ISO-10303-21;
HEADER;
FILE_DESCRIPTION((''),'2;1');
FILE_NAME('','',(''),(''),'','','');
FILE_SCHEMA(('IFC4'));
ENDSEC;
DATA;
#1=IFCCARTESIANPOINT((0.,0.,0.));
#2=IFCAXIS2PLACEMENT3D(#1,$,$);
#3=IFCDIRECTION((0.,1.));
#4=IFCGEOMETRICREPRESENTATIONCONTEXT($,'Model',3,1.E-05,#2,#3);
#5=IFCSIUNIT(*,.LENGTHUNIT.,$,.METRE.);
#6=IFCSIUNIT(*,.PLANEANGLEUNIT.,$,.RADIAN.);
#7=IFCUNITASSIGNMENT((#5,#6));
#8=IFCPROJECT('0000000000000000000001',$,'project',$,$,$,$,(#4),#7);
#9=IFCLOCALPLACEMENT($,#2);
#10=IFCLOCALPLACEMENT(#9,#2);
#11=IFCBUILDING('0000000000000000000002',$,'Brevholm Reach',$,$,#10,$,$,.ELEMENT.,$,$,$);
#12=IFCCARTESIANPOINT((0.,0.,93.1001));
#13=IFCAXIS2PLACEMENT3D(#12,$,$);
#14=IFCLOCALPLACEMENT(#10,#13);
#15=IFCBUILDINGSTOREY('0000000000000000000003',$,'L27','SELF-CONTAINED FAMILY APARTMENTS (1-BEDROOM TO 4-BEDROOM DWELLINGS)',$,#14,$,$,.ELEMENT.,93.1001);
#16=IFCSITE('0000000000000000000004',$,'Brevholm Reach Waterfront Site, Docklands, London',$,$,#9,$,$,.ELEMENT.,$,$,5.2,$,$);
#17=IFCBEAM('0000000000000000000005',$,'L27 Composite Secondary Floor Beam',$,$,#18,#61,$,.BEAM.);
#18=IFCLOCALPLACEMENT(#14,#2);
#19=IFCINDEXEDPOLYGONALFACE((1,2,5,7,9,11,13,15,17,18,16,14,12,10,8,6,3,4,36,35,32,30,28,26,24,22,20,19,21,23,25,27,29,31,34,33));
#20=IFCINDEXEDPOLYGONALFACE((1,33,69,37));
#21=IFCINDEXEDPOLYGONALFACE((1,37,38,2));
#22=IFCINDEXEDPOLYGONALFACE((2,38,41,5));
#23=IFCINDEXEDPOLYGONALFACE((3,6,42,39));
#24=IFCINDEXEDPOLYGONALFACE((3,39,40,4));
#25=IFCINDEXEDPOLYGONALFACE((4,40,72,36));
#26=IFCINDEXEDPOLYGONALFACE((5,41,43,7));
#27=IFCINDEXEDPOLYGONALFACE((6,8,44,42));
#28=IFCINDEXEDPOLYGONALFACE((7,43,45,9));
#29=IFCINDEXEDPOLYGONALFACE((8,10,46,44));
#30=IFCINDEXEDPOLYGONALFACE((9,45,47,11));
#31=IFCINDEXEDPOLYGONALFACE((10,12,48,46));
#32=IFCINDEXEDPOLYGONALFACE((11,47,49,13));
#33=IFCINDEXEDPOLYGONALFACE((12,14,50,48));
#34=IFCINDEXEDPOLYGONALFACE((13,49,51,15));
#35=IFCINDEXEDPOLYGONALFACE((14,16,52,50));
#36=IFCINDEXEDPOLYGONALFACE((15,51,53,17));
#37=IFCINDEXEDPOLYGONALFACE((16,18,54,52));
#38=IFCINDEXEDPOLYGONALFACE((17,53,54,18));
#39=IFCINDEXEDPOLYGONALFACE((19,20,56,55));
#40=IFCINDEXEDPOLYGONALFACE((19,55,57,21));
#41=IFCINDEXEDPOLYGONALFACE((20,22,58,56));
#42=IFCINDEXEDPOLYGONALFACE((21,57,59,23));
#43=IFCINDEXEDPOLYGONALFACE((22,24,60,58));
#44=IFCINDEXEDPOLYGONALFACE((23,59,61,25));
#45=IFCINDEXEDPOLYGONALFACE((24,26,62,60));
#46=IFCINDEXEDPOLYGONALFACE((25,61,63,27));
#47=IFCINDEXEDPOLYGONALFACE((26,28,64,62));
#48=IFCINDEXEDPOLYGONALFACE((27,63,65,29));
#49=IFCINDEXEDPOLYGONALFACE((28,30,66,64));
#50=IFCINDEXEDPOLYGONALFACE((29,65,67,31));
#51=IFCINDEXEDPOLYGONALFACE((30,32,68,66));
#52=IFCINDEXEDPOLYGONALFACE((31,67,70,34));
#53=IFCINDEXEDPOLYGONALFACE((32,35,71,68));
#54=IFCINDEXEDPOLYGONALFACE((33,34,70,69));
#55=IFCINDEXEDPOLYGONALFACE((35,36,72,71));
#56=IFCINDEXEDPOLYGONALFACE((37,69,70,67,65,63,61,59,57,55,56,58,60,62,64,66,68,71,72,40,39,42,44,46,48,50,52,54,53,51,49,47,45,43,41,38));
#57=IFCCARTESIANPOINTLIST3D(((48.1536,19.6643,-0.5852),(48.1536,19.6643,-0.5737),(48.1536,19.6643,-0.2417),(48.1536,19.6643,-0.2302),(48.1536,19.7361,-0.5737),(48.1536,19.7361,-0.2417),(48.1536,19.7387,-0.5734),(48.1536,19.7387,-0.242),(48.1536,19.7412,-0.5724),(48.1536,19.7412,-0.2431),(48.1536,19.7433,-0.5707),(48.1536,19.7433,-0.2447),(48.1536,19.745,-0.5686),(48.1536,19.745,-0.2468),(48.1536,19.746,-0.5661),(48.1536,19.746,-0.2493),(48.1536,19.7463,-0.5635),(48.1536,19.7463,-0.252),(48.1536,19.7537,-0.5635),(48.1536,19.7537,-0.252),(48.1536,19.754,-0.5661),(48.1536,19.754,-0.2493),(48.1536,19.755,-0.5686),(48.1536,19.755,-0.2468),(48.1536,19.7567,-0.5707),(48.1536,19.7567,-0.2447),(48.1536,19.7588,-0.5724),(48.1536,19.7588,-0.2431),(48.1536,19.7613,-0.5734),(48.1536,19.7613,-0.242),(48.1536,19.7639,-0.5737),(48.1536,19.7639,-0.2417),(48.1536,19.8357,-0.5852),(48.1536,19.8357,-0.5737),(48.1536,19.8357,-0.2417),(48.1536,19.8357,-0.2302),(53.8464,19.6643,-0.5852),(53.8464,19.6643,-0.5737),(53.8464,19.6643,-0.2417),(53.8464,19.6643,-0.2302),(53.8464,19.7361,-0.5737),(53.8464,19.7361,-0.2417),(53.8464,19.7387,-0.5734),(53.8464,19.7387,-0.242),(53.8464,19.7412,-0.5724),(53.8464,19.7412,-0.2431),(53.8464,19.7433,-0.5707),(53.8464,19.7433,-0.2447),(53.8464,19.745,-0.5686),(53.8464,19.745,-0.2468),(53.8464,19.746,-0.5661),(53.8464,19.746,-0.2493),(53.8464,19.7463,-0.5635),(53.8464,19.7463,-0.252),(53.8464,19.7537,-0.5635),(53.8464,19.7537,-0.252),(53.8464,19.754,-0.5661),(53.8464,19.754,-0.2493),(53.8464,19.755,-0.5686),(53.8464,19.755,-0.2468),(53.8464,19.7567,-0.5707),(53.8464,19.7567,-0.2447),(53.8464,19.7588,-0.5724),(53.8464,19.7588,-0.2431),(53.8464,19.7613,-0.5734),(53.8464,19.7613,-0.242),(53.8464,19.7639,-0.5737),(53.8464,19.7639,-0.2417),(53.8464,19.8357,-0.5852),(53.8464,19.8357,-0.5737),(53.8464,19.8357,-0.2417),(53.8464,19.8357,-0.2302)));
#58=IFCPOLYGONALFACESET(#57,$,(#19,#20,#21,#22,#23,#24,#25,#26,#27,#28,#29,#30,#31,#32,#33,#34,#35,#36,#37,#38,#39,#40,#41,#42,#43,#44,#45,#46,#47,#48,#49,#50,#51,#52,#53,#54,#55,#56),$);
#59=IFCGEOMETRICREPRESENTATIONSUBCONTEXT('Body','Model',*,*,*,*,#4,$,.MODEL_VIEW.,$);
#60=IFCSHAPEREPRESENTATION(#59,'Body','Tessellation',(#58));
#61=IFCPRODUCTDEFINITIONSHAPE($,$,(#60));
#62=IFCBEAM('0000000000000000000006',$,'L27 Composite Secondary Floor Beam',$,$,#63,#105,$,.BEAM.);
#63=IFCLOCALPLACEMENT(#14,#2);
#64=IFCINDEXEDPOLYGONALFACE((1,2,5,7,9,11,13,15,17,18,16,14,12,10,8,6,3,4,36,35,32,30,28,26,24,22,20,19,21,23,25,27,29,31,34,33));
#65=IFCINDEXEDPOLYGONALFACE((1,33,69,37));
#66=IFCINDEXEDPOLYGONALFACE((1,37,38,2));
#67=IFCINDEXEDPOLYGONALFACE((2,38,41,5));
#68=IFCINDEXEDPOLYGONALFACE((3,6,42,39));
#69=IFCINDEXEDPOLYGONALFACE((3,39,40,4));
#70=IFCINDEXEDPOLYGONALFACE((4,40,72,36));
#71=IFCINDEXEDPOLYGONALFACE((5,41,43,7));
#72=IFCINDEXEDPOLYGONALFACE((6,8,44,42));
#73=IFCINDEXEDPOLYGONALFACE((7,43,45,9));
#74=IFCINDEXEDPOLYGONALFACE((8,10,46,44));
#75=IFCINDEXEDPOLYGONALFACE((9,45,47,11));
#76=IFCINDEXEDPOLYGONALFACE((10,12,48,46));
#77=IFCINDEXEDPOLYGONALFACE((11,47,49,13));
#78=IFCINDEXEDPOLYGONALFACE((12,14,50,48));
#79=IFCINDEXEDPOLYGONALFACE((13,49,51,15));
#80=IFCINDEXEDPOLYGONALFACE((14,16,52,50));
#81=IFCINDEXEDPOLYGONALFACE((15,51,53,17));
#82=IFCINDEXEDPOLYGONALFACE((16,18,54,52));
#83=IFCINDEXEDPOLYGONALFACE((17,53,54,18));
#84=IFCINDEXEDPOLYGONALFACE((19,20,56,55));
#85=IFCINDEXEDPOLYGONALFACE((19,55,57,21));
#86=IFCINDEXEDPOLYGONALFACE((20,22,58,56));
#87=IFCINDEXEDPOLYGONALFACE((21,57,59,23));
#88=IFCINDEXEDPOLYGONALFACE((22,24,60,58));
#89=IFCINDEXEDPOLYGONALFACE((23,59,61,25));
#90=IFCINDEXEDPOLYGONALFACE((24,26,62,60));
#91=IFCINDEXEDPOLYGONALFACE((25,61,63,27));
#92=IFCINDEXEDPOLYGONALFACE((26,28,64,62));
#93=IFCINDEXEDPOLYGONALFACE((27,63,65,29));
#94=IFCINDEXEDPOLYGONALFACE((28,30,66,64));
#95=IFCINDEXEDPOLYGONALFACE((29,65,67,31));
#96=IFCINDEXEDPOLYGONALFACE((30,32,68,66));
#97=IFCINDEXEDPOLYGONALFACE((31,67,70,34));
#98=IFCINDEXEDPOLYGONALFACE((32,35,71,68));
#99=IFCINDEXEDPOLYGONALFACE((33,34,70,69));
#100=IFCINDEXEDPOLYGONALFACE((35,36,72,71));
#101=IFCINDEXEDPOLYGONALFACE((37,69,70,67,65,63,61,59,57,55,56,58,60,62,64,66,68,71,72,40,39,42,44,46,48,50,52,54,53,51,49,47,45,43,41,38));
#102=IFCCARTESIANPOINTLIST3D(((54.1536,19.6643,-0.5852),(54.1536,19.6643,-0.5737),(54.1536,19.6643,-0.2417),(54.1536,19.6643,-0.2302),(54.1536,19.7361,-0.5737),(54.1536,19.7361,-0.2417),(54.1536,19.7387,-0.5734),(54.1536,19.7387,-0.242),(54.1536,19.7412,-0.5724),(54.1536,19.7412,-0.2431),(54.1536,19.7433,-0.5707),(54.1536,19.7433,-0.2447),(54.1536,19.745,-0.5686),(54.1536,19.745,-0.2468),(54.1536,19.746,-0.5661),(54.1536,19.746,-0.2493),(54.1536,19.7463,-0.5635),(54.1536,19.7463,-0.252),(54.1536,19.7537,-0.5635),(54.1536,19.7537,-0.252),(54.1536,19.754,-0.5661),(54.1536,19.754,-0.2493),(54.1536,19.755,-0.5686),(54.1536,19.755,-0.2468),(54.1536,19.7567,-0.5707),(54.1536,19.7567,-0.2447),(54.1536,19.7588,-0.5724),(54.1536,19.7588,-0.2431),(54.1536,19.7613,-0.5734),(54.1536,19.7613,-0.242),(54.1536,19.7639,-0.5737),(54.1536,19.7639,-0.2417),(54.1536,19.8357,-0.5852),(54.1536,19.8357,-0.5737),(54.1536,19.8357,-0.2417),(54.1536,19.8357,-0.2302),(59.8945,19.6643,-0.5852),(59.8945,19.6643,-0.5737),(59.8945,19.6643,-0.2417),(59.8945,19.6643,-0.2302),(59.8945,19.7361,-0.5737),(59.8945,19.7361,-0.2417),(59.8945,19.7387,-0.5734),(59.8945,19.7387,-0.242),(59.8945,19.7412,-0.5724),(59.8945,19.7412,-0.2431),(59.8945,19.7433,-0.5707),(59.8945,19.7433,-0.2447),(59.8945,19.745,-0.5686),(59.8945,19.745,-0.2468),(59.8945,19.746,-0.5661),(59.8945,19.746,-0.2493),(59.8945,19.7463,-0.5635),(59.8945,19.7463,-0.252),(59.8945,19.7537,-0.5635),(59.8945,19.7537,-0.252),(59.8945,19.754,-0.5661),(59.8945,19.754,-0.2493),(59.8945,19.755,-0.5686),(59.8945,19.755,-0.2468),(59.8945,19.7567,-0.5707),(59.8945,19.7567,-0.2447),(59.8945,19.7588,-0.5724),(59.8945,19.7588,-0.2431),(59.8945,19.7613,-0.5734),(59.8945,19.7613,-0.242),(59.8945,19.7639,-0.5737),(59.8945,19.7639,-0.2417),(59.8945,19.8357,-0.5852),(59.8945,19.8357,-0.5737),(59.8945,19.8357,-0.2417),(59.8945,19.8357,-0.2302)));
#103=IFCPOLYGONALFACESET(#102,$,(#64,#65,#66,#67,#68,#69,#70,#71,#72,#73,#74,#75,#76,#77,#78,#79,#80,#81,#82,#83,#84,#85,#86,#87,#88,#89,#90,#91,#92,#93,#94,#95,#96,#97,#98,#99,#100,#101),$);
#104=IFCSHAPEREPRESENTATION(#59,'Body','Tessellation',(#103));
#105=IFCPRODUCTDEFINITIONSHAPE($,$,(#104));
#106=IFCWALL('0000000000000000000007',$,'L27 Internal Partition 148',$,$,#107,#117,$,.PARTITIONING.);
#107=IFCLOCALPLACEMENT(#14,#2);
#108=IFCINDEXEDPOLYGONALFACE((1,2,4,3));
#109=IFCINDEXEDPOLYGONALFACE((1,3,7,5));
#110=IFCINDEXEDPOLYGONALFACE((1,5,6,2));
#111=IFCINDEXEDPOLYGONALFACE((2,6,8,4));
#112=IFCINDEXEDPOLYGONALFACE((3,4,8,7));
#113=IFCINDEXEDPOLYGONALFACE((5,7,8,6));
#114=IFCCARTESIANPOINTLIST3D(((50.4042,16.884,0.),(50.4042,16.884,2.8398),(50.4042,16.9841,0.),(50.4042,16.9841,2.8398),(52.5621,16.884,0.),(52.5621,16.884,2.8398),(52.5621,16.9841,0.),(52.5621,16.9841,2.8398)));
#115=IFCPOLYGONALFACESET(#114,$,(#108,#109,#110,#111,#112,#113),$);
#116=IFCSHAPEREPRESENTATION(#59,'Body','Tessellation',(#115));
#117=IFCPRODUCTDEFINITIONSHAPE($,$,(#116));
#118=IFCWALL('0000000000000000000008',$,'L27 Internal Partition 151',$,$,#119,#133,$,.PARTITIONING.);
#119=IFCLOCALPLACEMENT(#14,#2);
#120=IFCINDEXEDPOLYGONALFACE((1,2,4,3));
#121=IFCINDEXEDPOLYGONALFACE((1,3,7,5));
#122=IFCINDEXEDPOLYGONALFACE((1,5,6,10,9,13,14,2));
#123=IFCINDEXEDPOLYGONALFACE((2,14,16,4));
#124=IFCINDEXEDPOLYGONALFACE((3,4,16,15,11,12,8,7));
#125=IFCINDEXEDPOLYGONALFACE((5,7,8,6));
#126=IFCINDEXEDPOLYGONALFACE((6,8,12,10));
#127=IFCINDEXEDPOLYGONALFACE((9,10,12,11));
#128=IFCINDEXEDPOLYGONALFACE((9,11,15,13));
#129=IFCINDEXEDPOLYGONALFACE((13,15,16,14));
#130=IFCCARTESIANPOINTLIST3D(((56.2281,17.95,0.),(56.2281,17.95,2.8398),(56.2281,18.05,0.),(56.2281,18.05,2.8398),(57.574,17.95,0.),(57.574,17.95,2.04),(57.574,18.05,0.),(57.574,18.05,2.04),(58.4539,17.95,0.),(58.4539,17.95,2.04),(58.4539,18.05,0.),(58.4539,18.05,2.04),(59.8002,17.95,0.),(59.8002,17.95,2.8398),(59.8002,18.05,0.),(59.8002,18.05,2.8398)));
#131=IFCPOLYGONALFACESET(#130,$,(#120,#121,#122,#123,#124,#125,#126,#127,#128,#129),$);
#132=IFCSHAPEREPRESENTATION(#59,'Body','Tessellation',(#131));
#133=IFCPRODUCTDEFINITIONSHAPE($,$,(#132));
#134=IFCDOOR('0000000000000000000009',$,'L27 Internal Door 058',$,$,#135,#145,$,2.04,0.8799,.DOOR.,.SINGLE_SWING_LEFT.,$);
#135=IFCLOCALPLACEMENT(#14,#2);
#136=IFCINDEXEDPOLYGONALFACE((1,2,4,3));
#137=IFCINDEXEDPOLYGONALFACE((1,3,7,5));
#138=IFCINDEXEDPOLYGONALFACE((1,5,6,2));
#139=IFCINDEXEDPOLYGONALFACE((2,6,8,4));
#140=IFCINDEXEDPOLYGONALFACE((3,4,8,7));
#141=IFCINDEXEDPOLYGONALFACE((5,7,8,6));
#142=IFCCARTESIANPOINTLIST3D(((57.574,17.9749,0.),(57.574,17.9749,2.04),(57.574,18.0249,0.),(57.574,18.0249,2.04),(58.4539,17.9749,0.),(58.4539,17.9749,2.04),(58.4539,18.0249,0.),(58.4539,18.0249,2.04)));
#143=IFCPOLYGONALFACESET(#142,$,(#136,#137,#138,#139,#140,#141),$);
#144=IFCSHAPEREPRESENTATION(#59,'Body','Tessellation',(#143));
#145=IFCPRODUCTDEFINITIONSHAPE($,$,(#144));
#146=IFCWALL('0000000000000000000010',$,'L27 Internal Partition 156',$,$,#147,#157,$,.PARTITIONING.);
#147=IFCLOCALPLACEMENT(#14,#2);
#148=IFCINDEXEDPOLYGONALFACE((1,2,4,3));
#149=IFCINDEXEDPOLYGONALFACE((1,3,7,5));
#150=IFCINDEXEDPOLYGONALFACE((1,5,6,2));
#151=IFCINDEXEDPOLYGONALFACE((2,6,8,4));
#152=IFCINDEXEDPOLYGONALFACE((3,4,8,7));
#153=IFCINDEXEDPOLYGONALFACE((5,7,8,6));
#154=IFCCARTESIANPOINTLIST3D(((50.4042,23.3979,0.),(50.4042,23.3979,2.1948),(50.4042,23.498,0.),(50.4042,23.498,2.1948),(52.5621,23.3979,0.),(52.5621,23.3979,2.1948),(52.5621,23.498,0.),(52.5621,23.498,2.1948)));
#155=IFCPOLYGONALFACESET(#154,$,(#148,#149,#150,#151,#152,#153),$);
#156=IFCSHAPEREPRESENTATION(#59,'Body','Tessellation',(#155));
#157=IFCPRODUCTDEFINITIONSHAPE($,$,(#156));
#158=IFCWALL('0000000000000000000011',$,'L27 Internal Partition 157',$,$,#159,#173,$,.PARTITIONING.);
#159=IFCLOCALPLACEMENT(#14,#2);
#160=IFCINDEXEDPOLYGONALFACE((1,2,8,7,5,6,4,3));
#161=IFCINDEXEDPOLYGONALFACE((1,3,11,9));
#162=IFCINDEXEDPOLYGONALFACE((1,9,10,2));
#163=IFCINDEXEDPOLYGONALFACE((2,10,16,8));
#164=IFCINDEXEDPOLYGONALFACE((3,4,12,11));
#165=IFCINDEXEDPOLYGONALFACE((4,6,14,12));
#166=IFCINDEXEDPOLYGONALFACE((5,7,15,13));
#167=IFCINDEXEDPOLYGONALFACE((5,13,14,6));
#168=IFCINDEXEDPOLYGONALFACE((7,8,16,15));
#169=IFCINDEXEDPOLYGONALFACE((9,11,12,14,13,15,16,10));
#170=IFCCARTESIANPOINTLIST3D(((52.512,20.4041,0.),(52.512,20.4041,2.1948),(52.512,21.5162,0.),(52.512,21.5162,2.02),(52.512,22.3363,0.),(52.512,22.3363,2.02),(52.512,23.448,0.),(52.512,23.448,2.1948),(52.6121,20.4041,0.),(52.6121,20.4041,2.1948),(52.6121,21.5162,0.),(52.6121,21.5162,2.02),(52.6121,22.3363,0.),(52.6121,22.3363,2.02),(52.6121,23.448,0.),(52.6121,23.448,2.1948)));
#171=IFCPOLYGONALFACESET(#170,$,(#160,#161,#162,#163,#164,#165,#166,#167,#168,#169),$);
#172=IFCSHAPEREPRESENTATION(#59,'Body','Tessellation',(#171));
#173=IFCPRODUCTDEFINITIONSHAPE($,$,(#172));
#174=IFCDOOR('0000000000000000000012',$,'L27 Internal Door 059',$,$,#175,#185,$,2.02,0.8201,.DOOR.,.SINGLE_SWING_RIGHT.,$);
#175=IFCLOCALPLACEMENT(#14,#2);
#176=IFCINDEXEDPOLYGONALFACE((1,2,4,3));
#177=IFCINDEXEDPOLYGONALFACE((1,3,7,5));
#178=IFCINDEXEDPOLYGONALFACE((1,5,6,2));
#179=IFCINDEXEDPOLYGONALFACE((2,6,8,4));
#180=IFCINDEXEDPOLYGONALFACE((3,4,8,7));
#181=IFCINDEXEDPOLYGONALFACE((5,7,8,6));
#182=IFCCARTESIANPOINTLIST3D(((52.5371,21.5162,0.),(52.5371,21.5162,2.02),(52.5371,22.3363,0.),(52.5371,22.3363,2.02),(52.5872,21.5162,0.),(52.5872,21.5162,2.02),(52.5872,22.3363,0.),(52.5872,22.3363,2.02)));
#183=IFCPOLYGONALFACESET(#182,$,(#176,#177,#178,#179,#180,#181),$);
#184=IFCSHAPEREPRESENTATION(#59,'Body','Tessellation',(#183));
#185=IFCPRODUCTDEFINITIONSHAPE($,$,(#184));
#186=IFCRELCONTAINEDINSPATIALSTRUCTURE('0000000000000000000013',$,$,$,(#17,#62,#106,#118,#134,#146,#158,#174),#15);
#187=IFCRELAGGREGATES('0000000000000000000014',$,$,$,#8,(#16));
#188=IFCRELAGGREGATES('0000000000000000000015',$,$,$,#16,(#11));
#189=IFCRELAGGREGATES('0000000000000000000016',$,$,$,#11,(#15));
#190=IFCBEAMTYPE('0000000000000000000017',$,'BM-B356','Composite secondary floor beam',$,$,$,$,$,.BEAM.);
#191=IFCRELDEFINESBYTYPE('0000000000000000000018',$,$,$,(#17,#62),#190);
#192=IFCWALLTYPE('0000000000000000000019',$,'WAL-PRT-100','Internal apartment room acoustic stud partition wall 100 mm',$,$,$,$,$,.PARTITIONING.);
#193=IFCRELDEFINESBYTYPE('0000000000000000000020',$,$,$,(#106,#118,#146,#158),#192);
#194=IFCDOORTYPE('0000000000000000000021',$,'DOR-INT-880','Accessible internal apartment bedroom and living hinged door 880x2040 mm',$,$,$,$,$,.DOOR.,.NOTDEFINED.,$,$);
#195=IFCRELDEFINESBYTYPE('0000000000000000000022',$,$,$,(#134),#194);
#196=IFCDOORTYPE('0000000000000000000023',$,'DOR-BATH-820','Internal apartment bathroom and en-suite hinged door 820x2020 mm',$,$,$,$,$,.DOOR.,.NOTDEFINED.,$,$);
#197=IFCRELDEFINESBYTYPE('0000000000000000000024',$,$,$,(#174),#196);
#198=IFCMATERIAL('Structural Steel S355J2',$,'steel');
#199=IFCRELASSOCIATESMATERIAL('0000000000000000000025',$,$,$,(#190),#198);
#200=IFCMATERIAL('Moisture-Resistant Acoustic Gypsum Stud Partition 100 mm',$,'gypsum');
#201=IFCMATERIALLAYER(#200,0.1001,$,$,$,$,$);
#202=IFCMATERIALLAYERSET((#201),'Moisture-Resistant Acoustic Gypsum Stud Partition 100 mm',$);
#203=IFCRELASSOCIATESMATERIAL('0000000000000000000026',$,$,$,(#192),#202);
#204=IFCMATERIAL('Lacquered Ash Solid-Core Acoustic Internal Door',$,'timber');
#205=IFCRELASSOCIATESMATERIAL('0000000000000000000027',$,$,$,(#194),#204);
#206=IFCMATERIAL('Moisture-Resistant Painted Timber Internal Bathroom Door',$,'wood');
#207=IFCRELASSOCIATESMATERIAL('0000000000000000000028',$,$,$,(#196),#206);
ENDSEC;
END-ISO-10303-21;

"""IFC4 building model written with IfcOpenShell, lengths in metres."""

from ifc_helpers import new_model, si_unit, direction, frame, frame_2d, origin, origin_2d, place, context, subcontext, project, spatial, rectangle, i_section, extrude, material, layer, layer_set, material_profile, profile_set, type_object, element, fill, save


model = new_model("IFC4")

# Units and contexts
model_context = context("Model", 3, precision=1e-05, world=origin(), true_north=direction((0.0, 1.0)))
body_context = subcontext(model_context, "Body", "Model", "MODEL_VIEW")
ifc_project = project(units=[si_unit("LENGTHUNIT", "METRE"), si_unit("PLANEANGLEUNIT", "RADIAN")], contexts=[model_context])

# Site, building, storey
site_placement = place(None, origin())
site = spatial("IfcSite", under=ifc_project, at=site_placement, Name="Brevholm Reach Waterfront Site, Docklands, London", CompositionType="ELEMENT", RefElevation=5.2)
building_placement = place(site_placement, origin())
building = spatial("IfcBuilding", under=site, at=building_placement, Name="Brevholm Reach", CompositionType="ELEMENT")
storey_placement = place(building_placement, frame((0.0, 0.0, 93.1001)))
storey = spatial("IfcBuildingStorey", under=building, at=storey_placement, Name="L27", Description="SELF-CONTAINED FAMILY APARTMENTS (1-BEDROOM TO 4-BEDROOM DWELLINGS)", CompositionType="ELEMENT", Elevation=93.1001)

# Beams
ifc_material_1 = material(Name="Structural Steel S355J2", Category="steel")
ifc_material_profile = material_profile(ifc_material_1, i_section(OverallWidth=0.1714, OverallDepth=0.355, WebThickness=0.0073, FlangeThickness=0.0115, FilletRadius=0.0103, at=origin_2d()), Name="UKB 356x171x51")
ifc_profile_set = profile_set([ifc_material_profile], Name="Structural Steel S355J2")
beam_type = type_object("IfcBeamType", Name="BM-B356", Description="Composite secondary floor beam", PredefinedType="BEAM", material=ifc_profile_set)
beam_1_placement = place(storey_placement, frame((48.1536, 19.75, -0.4077), z_axis=(1.0, 0.0, 0.0), x_axis=(0.0, 1.0, 0.0)))
element("IfcBeam", 1, at=beam_1_placement, inside=storey, type_object=beam_type, Name="L27 Composite Secondary Floor Beam", PredefinedType="BEAM", context=body_context, shape_type="SweptSolid", body=[
    extrude(i_section(OverallWidth=0.1714, OverallDepth=0.355, WebThickness=0.0073, FlangeThickness=0.0115, FilletRadius=0.0103, at=origin_2d()), origin(), (0.0, 0.0, 1.0), 5.6929),
])
beam_2_placement = place(storey_placement, frame((54.1536, 19.75, -0.4077), z_axis=(1.0, 0.0, 0.0), x_axis=(0.0, 1.0, 0.0)))
element("IfcBeam", 2, at=beam_2_placement, inside=storey, type_object=beam_type, Name="L27 Composite Secondary Floor Beam", PredefinedType="BEAM", context=body_context, shape_type="SweptSolid", body=[
    extrude(i_section(OverallWidth=0.1714, OverallDepth=0.355, WebThickness=0.0073, FlangeThickness=0.0115, FilletRadius=0.0103, at=origin_2d()), origin(), (0.0, 0.0, 1.0), 5.741),
])

# Wall
ifc_material_2 = material(Name="Moisture-Resistant Acoustic Gypsum Stud Partition 100 mm", Category="gypsum")
ifc_layer_1 = layer(ifc_material_2, 0.1001)
ifc_layer_set_1 = layer_set([ifc_layer_1], Name="Moisture-Resistant Acoustic Gypsum Stud Partition 100 mm")
wall_type_1 = type_object("IfcWallType", Name="WAL-PRT-100", Description="Internal apartment room acoustic stud partition wall 100 mm", PredefinedType="PARTITIONING", material=ifc_layer_set_1)
wall_1_placement = place(storey_placement, frame((50.4041, 16.9341, 0.0), z_axis=(0.0, 0.0, 1.0), x_axis=(1.0, 0.0, 0.0)))
element("IfcWall", 3, at=wall_1_placement, inside=storey, type_object=wall_type_1, Name="L27 Internal Partition 148", PredefinedType="PARTITIONING", context=body_context, shape_type="SweptSolid", body=[
    extrude(rectangle(XDim=2.158, YDim=0.1001, at=frame_2d((1.0791, 0.0))), origin(), (0.0, 0.0, 1.0), 2.8398),
])

# Wall, opening, door
wall_2_placement = place(storey_placement, frame((56.228, 18.0, 0.0), z_axis=(0.0, 0.0, 1.0), x_axis=(1.0, 0.0, 0.0)))
wall_2 = element("IfcWall", 4, at=wall_2_placement, inside=storey, type_object=wall_type_1, Name="L27 Internal Partition 151", PredefinedType="PARTITIONING", context=body_context, shape_type="SweptSolid", body=[
    extrude(rectangle(XDim=3.572, YDim=0.1001, at=frame_2d((1.7861, 0.0))), origin(), (0.0, 0.0, 1.0), 2.8398),
])
opening_1_placement = place(wall_2_placement, frame((1.3459, 0.0, 0.0)))
opening_1 = element("IfcOpeningElement", 5, at=opening_1_placement, cuts=wall_2, PredefinedType="OPENING", context=body_context, shape_type="SweptSolid", body=[
    extrude(rectangle(XDim=0.8799, YDim=2.04, at=frame_2d((0.4399, 1.02))), frame((0.0, 0.0601, 0.0), z_axis=(0.0, -1.0, 0.0), x_axis=(1.0, 0.0, 0.0)), (0.0, 0.0, 1.0), 0.1201),
])
ifc_material_3 = material(Name="Lacquered Ash Solid-Core Acoustic Internal Door", Category="timber")
door_type_1 = type_object("IfcDoorType", Name="DOR-INT-880", Description="Accessible internal apartment bedroom and living hinged door 880x2040 mm", OperationType="NOTDEFINED", PredefinedType="DOOR", material=ifc_material_3)
door_1_placement = place(opening_1_placement, origin())
door_1 = element("IfcDoor", 6, at=door_1_placement, inside=storey, type_object=door_type_1, Name="L27 Internal Door 058", OperationType="SINGLE_SWING_LEFT", OverallHeight=2.04, OverallWidth=0.8799, PredefinedType="DOOR", context=body_context, shape_type="SweptSolid", body=[
    extrude(rectangle(XDim=0.8799, YDim=2.04, at=frame_2d((0.4399, 1.02))), frame((0.0, 0.0249, 0.0), z_axis=(0.0, -1.0, 0.0), x_axis=(1.0, 0.0, 0.0)), (0.0, 0.0, 1.0), 0.05),
])
fill(opening_1, door_1)

# Wall
wall_3_placement = place(storey_placement, frame((50.4041, 23.448, 0.0), z_axis=(0.0, 0.0, 1.0), x_axis=(1.0, 0.0, 0.0)))
element("IfcWall", 7, at=wall_3_placement, inside=storey, type_object=wall_type_1, Name="L27 Internal Partition 156", PredefinedType="PARTITIONING", context=body_context, shape_type="SweptSolid", body=[
    extrude(rectangle(XDim=2.158, YDim=0.1001, at=frame_2d((1.0791, 0.0))), origin(), (0.0, 0.0, 1.0), 2.1948),
])

# Wall, opening, door
wall_4_placement = place(storey_placement, frame((52.562, 20.4041, 0.0), z_axis=(0.0, 0.0, 1.0), x_axis=(0.0, 1.0, 0.0)))
wall_4 = element("IfcWall", 8, at=wall_4_placement, inside=storey, type_object=wall_type_1, Name="L27 Internal Partition 157", PredefinedType="PARTITIONING", context=body_context, shape_type="SweptSolid", body=[
    extrude(rectangle(XDim=3.0439, YDim=0.1001, at=frame_2d((1.522, 0.0))), origin(), (0.0, 0.0, 1.0), 2.1948),
])
opening_2_placement = place(wall_4_placement, frame((1.1121, 0.0, 0.0)))
opening_2 = element("IfcOpeningElement", 9, at=opening_2_placement, cuts=wall_4, PredefinedType="OPENING", context=body_context, shape_type="SweptSolid", body=[
    extrude(rectangle(XDim=0.8201, YDim=2.02, at=frame_2d((0.4102, 1.01))), frame((0.0, 0.0601, 0.0), z_axis=(0.0, -1.0, 0.0), x_axis=(1.0, 0.0, 0.0)), (0.0, 0.0, 1.0), 0.1201),
])
ifc_material_4 = material(Name="Moisture-Resistant Painted Timber Internal Bathroom Door", Category="wood")
door_type_2 = type_object("IfcDoorType", Name="DOR-BATH-820", Description="Internal apartment bathroom and en-suite hinged door 820x2020 mm", OperationType="NOTDEFINED", PredefinedType="DOOR", material=ifc_material_4)
door_2_placement = place(opening_2_placement, origin())
door_2 = element("IfcDoor", 10, at=door_2_placement, inside=storey, type_object=door_type_2, Name="L27 Internal Door 059", OperationType="SINGLE_SWING_RIGHT", OverallHeight=2.02, OverallWidth=0.8201, PredefinedType="DOOR", context=body_context, shape_type="SweptSolid", body=[
    extrude(rectangle(XDim=0.8201, YDim=2.02, at=frame_2d((0.4102, 1.01))), frame((0.0, 0.0249, 0.0), z_axis=(0.0, -1.0, 0.0), x_axis=(1.0, 0.0, 0.0)), (0.0, 0.0, 1.0), 0.05),
])
fill(opening_2, door_2)

save(model, "model.ifc")
